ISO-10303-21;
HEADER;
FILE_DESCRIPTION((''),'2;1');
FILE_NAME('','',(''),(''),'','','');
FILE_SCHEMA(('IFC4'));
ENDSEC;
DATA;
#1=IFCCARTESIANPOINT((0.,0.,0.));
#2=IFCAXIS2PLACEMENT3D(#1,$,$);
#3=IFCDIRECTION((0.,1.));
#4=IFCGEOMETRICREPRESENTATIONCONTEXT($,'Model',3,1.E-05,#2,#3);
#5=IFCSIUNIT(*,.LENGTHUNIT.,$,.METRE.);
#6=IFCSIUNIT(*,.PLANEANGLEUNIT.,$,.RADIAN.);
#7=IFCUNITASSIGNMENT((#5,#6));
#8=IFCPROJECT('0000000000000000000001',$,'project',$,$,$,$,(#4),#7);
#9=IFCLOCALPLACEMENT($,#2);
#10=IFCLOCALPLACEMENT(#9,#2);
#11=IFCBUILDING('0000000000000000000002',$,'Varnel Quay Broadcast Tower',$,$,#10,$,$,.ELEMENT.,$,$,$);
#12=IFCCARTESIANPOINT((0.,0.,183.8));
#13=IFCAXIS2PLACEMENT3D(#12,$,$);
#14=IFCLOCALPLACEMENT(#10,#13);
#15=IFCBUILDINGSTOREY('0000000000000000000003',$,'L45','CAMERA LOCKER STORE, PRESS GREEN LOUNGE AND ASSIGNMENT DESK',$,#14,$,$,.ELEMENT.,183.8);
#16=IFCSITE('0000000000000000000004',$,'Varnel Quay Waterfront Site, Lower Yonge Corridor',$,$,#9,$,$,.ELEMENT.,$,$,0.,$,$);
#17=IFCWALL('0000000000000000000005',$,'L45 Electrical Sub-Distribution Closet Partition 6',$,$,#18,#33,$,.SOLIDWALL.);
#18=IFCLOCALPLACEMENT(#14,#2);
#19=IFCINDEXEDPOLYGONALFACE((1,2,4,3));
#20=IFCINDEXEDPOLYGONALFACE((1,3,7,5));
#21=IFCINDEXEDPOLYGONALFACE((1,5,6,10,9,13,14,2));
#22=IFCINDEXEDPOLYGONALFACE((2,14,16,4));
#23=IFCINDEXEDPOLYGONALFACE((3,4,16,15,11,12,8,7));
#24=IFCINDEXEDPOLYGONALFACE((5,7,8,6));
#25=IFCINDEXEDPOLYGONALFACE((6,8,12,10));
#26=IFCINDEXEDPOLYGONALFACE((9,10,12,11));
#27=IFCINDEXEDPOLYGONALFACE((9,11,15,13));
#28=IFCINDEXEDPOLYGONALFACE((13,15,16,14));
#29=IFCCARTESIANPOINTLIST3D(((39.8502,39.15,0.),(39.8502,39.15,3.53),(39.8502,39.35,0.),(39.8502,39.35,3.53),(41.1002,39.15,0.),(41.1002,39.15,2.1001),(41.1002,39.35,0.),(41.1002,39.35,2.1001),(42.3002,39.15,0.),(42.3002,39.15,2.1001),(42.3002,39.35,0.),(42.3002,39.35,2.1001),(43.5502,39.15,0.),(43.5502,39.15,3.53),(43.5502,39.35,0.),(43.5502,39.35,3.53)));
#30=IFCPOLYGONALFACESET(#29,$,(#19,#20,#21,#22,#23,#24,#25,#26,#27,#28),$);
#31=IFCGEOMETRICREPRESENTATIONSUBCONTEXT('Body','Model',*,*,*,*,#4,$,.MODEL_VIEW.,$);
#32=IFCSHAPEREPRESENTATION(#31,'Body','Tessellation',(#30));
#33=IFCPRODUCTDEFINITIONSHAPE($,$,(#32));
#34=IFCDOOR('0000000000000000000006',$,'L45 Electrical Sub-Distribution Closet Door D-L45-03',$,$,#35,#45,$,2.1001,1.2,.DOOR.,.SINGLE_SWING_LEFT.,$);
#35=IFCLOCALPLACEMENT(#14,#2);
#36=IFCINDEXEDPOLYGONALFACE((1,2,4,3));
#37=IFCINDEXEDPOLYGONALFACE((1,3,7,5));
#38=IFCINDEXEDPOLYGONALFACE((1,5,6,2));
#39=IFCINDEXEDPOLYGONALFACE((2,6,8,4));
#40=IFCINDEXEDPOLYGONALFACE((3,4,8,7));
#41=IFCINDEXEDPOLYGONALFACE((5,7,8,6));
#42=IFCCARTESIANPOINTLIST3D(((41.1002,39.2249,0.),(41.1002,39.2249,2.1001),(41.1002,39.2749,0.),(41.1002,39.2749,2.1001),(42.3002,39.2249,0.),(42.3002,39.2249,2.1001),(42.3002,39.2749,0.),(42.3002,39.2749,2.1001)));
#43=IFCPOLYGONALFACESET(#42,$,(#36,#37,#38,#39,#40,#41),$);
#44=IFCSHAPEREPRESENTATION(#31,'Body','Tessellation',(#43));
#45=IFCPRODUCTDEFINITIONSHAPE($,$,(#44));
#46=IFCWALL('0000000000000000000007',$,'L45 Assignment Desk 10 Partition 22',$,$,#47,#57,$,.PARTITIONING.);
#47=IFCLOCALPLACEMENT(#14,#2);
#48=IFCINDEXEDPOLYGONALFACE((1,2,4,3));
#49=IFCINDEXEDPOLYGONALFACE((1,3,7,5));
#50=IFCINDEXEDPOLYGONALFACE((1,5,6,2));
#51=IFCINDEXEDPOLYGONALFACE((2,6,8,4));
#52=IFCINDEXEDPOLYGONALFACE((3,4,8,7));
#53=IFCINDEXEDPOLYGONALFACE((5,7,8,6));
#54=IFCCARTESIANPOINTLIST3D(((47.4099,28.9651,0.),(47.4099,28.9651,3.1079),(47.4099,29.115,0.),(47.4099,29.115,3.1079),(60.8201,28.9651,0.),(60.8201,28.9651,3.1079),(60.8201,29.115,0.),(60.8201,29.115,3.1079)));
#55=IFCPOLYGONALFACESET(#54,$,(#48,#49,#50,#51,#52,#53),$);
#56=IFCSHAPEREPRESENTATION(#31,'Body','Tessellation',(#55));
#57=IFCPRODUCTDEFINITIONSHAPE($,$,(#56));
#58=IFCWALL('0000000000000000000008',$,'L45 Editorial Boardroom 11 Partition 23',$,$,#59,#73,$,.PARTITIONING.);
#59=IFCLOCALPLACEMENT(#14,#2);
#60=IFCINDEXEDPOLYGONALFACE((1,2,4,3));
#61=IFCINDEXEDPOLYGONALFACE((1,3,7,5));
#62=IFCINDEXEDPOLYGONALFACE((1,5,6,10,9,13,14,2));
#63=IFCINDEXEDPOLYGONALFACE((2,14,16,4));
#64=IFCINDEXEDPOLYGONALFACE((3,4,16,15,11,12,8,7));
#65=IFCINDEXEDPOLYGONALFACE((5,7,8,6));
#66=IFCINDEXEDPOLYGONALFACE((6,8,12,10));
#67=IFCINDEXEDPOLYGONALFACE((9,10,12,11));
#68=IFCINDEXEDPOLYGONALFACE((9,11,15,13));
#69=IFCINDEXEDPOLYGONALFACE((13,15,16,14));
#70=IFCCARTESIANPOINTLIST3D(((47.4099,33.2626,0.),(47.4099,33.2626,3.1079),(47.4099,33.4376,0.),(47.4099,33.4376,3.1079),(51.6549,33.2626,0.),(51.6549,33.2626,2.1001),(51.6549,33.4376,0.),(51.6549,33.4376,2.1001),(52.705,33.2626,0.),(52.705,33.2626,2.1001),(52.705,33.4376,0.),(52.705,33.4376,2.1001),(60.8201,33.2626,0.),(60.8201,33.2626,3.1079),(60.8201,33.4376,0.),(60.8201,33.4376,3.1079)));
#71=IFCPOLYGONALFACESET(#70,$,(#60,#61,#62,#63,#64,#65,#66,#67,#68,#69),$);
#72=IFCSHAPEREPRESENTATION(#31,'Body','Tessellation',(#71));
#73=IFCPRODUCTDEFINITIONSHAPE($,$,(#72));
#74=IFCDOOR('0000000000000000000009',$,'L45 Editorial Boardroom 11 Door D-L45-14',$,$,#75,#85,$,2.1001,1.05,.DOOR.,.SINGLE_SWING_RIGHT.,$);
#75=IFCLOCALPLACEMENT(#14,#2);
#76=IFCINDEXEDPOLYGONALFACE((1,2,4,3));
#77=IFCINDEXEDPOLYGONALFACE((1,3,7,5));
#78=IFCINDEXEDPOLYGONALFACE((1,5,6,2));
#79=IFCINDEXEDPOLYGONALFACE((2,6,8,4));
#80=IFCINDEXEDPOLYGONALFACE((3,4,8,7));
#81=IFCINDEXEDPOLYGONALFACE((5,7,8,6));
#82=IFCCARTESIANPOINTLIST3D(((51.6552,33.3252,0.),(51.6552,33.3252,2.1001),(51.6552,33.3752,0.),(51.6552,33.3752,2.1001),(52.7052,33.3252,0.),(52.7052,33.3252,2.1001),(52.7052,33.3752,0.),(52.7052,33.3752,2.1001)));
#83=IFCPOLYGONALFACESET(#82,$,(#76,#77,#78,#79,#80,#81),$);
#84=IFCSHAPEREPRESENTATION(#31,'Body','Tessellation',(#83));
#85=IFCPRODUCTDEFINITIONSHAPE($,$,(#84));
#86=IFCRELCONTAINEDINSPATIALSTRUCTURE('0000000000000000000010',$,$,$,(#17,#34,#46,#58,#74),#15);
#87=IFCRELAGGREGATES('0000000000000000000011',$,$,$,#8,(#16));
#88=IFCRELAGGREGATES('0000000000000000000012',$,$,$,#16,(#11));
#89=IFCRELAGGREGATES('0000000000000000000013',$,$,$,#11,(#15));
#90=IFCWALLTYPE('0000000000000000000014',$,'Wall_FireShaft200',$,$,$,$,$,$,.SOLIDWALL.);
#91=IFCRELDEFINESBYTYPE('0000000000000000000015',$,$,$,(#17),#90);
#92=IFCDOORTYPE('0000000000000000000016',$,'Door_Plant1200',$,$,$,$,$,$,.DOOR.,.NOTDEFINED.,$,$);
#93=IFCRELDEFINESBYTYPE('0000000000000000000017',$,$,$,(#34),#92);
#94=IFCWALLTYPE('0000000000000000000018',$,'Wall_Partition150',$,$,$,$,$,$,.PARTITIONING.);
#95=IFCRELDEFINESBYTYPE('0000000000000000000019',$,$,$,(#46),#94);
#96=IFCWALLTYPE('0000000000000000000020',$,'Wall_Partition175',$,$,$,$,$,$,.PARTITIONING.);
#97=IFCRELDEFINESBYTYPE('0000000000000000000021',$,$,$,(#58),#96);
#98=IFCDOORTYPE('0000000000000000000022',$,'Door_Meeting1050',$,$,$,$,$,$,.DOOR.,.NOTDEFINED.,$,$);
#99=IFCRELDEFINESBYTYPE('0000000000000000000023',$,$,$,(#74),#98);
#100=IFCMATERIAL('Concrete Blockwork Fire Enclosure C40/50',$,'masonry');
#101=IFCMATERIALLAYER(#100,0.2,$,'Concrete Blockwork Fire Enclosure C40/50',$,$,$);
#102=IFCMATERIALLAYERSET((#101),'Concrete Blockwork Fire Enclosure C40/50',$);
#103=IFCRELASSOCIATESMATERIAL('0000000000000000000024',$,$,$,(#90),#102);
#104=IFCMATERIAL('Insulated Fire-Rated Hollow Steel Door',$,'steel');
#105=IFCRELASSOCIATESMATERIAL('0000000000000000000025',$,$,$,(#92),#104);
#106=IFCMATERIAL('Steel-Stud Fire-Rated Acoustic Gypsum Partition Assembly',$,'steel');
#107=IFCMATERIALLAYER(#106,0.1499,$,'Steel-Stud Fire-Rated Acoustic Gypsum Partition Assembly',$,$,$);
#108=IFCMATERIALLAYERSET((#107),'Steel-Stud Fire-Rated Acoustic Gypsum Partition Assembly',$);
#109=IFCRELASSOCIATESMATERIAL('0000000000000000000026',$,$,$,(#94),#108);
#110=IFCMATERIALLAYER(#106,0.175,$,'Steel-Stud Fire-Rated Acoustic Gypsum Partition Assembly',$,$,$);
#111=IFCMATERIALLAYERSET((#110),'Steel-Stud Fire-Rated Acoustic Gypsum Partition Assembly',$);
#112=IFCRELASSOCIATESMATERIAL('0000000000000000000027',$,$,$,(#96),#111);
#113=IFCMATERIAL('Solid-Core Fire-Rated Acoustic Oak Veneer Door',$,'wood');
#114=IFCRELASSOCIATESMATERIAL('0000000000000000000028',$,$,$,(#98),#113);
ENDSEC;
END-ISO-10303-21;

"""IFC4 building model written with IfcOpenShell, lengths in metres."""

from ifc_helpers import new_model, si_unit, direction, frame, frame_2d, origin, place, context, subcontext, project, spatial, rectangle, extrude, source, transform, mapped, material, layer, layer_set, type_object, type_shapes, element, fill, save


model = new_model("IFC4")

# Units and contexts
model_context = context("Model", 3, precision=1e-05, world=origin(), true_north=direction((0.0, 1.0)))
body_context = subcontext(model_context, "Body", "Model", "MODEL_VIEW")
ifc_project = project(units=[si_unit("LENGTHUNIT", "METRE"), si_unit("PLANEANGLEUNIT", "RADIAN")], contexts=[model_context])

# Site, building, storey
site_placement = place(None, origin())
site = spatial("IfcSite", under=ifc_project, at=site_placement, Name="Varnel Quay Waterfront Site, Lower Yonge Corridor", CompositionType="ELEMENT", RefElevation=0.0)
building_placement = place(site_placement, origin())
building = spatial("IfcBuilding", under=site, at=building_placement, Name="Varnel Quay Broadcast Tower", CompositionType="ELEMENT")
storey_placement = place(building_placement, frame((0.0, 0.0, 183.8)))
storey = spatial("IfcBuildingStorey", under=building, at=storey_placement, Name="L45", Description="CAMERA LOCKER STORE, PRESS GREEN LOUNGE AND ASSIGNMENT DESK", CompositionType="ELEMENT", Elevation=183.8)

# Wall, opening, door
ifc_material_1 = material(Name="Insulated Fire-Rated Hollow Steel Door", Category="steel")
ifc_material_2 = material(Name="Concrete Blockwork Fire Enclosure C40/50", Category="masonry")
ifc_layer_1 = layer(ifc_material_2, 0.2, Name="Concrete Blockwork Fire Enclosure C40/50")
ifc_layer_set_1 = layer_set([ifc_layer_1], Name="Concrete Blockwork Fire Enclosure C40/50")
wall_type_1 = type_object("IfcWallType", Name="Wall_FireShaft200", PredefinedType="SOLIDWALL", material=ifc_layer_set_1)
wall_1_placement = place(storey_placement, frame((39.8501, 39.25, 0.0), z_axis=(0.0, 0.0, 1.0), x_axis=(1.0, 0.0, 0.0)))
wall_1 = element("IfcWall", 1, at=wall_1_placement, inside=storey, type_object=wall_type_1, Name="L45 Electrical Sub-Distribution Closet Partition 6", PredefinedType="SOLIDWALL", context=body_context, shape_type="SweptSolid", body=[
    extrude(rectangle(XDim=3.7, YDim=0.2, at=frame_2d((1.8501, 0.0))), origin(), (0.0, 0.0, 1.0), 3.53),
])
opening_1_placement = place(wall_1_placement, frame((1.25, 0.0, 0.0)))
opening_1 = element("IfcOpeningElement", 2, at=opening_1_placement, cuts=wall_1, PredefinedType="OPENING", context=body_context, shape_type="SweptSolid", body=[
    extrude(rectangle(XDim=1.2, YDim=2.1001, at=frame_2d((0.6001, 1.05))), frame((0.0, 0.1099, 0.0), z_axis=(0.0, -1.0, 0.0), x_axis=(1.0, 0.0, 0.0)), (0.0, 0.0, 1.0), 0.22),
])
door_type_1 = type_object("IfcDoorType", Name="Door_Plant1200", OperationType="NOTDEFINED", PredefinedType="DOOR", material=ifc_material_1)
shared_shape_1 = source(origin(), body_context, "Body", "SweptSolid", [
    extrude(rectangle(XDim=1.2, YDim=2.1001, at=frame_2d((0.6001, 1.05))), frame((0.0, 0.0249, 0.0), z_axis=(0.0, -1.0, 0.0), x_axis=(1.0, 0.0, 0.0)), (0.0, 0.0, 1.0), 0.05),
])
type_shapes(door_type_1, [shared_shape_1])
door_1_placement = place(opening_1_placement, origin())
door_1 = element("IfcDoor", 3, at=door_1_placement, inside=storey, type_object=door_type_1, Name="L45 Electrical Sub-Distribution Closet Door D-L45-03", OperationType="SINGLE_SWING_LEFT", OverallHeight=2.1001, OverallWidth=1.2, PredefinedType="DOOR", context=body_context, shape_type="MappedRepresentation", body=[
    mapped(shared_shape_1, transform((0.0, 0.0, 0.0), x_axis=(1.0, 0.0, 0.0), y_axis=(0.0, 1.0, 0.0), z_axis=(0.0, 0.0, 1.0), scale=1.0)),
])
fill(opening_1, door_1)

# Wall
ifc_material_3 = material(Name="Steel-Stud Fire-Rated Acoustic Gypsum Partition Assembly", Category="steel")
ifc_layer_2 = layer(ifc_material_3, 0.1499, Name="Steel-Stud Fire-Rated Acoustic Gypsum Partition Assembly")
ifc_layer_set_2 = layer_set([ifc_layer_2], Name="Steel-Stud Fire-Rated Acoustic Gypsum Partition Assembly")
wall_type_2 = type_object("IfcWallType", Name="Wall_Partition150", PredefinedType="PARTITIONING", material=ifc_layer_set_2)
wall_2_placement = place(storey_placement, frame((47.4099, 29.04, 0.0), z_axis=(0.0, 0.0, 1.0), x_axis=(1.0, 0.0, 0.0)))
element("IfcWall", 4, at=wall_2_placement, inside=storey, type_object=wall_type_2, Name="L45 Assignment Desk 10 Partition 22", PredefinedType="PARTITIONING", context=body_context, shape_type="SweptSolid", body=[
    extrude(rectangle(XDim=13.4102, YDim=0.1499, at=frame_2d((6.7051, 0.0))), origin(), (0.0, 0.0, 1.0), 3.1079),
])

# Wall, opening, door
ifc_layer_3 = layer(ifc_material_3, 0.175, Name="Steel-Stud Fire-Rated Acoustic Gypsum Partition Assembly")
ifc_layer_set_3 = layer_set([ifc_layer_3], Name="Steel-Stud Fire-Rated Acoustic Gypsum Partition Assembly")
wall_type_3 = type_object("IfcWallType", Name="Wall_Partition175", PredefinedType="PARTITIONING", material=ifc_layer_set_3)
wall_3_placement = place(storey_placement, frame((47.4099, 33.3501, 0.0), z_axis=(0.0, 0.0, 1.0), x_axis=(1.0, 0.0, 0.0)))
wall_3 = element("IfcWall", 5, at=wall_3_placement, inside=storey, type_object=wall_type_3, Name="L45 Editorial Boardroom 11 Partition 23", PredefinedType="PARTITIONING", context=body_context, shape_type="SweptSolid", body=[
    extrude(rectangle(XDim=13.4102, YDim=0.175, at=frame_2d((6.7051, 0.0))), origin(), (0.0, 0.0, 1.0), 3.1079),
])
opening_2_placement = place(wall_3_placement, frame((4.2451, 0.0, 0.0)))
opening_2 = element("IfcOpeningElement", 6, at=opening_2_placement, cuts=wall_3, PredefinedType="OPENING", context=body_context, shape_type="SweptSolid", body=[
    extrude(rectangle(XDim=1.05, YDim=2.1001, at=frame_2d((0.5249, 1.05))), frame((0.0, 0.0977, 0.0), z_axis=(0.0, -1.0, 0.0), x_axis=(1.0, 0.0, 0.0)), (0.0, 0.0, 1.0), 0.1951),
])
ifc_material_4 = material(Name="Solid-Core Fire-Rated Acoustic Oak Veneer Door", Category="wood")
door_type_2 = type_object("IfcDoorType", Name="Door_Meeting1050", OperationType="NOTDEFINED", PredefinedType="DOOR", material=ifc_material_4)
shared_shape_2 = source(origin(), body_context, "Body", "SweptSolid", [
    extrude(rectangle(XDim=1.05, YDim=2.1001, at=frame_2d((0.5249, 1.05))), frame((0.0, 0.0249, 0.0), z_axis=(0.0, -1.0, 0.0), x_axis=(1.0, 0.0, 0.0)), (0.0, 0.0, 1.0), 0.05),
])
type_shapes(door_type_2, [shared_shape_2])
door_2_placement = place(opening_2_placement, frame((1.05, 0.0, 0.0), z_axis=(0.0, 0.0, 1.0), x_axis=(-1.0, 0.0, 0.0)))
door_2 = element("IfcDoor", 7, at=door_2_placement, inside=storey, type_object=door_type_2, Name="L45 Editorial Boardroom 11 Door D-L45-14", OperationType="SINGLE_SWING_RIGHT", OverallHeight=2.1001, OverallWidth=1.05, PredefinedType="DOOR", context=body_context, shape_type="MappedRepresentation", body=[
    mapped(shared_shape_2, transform((0.0, 0.0, 0.0), x_axis=(1.0, 0.0, 0.0), y_axis=(0.0, 1.0, 0.0), z_axis=(0.0, 0.0, 1.0), scale=1.0)),
])
fill(opening_2, door_2)

save(model, "model.ifc")
